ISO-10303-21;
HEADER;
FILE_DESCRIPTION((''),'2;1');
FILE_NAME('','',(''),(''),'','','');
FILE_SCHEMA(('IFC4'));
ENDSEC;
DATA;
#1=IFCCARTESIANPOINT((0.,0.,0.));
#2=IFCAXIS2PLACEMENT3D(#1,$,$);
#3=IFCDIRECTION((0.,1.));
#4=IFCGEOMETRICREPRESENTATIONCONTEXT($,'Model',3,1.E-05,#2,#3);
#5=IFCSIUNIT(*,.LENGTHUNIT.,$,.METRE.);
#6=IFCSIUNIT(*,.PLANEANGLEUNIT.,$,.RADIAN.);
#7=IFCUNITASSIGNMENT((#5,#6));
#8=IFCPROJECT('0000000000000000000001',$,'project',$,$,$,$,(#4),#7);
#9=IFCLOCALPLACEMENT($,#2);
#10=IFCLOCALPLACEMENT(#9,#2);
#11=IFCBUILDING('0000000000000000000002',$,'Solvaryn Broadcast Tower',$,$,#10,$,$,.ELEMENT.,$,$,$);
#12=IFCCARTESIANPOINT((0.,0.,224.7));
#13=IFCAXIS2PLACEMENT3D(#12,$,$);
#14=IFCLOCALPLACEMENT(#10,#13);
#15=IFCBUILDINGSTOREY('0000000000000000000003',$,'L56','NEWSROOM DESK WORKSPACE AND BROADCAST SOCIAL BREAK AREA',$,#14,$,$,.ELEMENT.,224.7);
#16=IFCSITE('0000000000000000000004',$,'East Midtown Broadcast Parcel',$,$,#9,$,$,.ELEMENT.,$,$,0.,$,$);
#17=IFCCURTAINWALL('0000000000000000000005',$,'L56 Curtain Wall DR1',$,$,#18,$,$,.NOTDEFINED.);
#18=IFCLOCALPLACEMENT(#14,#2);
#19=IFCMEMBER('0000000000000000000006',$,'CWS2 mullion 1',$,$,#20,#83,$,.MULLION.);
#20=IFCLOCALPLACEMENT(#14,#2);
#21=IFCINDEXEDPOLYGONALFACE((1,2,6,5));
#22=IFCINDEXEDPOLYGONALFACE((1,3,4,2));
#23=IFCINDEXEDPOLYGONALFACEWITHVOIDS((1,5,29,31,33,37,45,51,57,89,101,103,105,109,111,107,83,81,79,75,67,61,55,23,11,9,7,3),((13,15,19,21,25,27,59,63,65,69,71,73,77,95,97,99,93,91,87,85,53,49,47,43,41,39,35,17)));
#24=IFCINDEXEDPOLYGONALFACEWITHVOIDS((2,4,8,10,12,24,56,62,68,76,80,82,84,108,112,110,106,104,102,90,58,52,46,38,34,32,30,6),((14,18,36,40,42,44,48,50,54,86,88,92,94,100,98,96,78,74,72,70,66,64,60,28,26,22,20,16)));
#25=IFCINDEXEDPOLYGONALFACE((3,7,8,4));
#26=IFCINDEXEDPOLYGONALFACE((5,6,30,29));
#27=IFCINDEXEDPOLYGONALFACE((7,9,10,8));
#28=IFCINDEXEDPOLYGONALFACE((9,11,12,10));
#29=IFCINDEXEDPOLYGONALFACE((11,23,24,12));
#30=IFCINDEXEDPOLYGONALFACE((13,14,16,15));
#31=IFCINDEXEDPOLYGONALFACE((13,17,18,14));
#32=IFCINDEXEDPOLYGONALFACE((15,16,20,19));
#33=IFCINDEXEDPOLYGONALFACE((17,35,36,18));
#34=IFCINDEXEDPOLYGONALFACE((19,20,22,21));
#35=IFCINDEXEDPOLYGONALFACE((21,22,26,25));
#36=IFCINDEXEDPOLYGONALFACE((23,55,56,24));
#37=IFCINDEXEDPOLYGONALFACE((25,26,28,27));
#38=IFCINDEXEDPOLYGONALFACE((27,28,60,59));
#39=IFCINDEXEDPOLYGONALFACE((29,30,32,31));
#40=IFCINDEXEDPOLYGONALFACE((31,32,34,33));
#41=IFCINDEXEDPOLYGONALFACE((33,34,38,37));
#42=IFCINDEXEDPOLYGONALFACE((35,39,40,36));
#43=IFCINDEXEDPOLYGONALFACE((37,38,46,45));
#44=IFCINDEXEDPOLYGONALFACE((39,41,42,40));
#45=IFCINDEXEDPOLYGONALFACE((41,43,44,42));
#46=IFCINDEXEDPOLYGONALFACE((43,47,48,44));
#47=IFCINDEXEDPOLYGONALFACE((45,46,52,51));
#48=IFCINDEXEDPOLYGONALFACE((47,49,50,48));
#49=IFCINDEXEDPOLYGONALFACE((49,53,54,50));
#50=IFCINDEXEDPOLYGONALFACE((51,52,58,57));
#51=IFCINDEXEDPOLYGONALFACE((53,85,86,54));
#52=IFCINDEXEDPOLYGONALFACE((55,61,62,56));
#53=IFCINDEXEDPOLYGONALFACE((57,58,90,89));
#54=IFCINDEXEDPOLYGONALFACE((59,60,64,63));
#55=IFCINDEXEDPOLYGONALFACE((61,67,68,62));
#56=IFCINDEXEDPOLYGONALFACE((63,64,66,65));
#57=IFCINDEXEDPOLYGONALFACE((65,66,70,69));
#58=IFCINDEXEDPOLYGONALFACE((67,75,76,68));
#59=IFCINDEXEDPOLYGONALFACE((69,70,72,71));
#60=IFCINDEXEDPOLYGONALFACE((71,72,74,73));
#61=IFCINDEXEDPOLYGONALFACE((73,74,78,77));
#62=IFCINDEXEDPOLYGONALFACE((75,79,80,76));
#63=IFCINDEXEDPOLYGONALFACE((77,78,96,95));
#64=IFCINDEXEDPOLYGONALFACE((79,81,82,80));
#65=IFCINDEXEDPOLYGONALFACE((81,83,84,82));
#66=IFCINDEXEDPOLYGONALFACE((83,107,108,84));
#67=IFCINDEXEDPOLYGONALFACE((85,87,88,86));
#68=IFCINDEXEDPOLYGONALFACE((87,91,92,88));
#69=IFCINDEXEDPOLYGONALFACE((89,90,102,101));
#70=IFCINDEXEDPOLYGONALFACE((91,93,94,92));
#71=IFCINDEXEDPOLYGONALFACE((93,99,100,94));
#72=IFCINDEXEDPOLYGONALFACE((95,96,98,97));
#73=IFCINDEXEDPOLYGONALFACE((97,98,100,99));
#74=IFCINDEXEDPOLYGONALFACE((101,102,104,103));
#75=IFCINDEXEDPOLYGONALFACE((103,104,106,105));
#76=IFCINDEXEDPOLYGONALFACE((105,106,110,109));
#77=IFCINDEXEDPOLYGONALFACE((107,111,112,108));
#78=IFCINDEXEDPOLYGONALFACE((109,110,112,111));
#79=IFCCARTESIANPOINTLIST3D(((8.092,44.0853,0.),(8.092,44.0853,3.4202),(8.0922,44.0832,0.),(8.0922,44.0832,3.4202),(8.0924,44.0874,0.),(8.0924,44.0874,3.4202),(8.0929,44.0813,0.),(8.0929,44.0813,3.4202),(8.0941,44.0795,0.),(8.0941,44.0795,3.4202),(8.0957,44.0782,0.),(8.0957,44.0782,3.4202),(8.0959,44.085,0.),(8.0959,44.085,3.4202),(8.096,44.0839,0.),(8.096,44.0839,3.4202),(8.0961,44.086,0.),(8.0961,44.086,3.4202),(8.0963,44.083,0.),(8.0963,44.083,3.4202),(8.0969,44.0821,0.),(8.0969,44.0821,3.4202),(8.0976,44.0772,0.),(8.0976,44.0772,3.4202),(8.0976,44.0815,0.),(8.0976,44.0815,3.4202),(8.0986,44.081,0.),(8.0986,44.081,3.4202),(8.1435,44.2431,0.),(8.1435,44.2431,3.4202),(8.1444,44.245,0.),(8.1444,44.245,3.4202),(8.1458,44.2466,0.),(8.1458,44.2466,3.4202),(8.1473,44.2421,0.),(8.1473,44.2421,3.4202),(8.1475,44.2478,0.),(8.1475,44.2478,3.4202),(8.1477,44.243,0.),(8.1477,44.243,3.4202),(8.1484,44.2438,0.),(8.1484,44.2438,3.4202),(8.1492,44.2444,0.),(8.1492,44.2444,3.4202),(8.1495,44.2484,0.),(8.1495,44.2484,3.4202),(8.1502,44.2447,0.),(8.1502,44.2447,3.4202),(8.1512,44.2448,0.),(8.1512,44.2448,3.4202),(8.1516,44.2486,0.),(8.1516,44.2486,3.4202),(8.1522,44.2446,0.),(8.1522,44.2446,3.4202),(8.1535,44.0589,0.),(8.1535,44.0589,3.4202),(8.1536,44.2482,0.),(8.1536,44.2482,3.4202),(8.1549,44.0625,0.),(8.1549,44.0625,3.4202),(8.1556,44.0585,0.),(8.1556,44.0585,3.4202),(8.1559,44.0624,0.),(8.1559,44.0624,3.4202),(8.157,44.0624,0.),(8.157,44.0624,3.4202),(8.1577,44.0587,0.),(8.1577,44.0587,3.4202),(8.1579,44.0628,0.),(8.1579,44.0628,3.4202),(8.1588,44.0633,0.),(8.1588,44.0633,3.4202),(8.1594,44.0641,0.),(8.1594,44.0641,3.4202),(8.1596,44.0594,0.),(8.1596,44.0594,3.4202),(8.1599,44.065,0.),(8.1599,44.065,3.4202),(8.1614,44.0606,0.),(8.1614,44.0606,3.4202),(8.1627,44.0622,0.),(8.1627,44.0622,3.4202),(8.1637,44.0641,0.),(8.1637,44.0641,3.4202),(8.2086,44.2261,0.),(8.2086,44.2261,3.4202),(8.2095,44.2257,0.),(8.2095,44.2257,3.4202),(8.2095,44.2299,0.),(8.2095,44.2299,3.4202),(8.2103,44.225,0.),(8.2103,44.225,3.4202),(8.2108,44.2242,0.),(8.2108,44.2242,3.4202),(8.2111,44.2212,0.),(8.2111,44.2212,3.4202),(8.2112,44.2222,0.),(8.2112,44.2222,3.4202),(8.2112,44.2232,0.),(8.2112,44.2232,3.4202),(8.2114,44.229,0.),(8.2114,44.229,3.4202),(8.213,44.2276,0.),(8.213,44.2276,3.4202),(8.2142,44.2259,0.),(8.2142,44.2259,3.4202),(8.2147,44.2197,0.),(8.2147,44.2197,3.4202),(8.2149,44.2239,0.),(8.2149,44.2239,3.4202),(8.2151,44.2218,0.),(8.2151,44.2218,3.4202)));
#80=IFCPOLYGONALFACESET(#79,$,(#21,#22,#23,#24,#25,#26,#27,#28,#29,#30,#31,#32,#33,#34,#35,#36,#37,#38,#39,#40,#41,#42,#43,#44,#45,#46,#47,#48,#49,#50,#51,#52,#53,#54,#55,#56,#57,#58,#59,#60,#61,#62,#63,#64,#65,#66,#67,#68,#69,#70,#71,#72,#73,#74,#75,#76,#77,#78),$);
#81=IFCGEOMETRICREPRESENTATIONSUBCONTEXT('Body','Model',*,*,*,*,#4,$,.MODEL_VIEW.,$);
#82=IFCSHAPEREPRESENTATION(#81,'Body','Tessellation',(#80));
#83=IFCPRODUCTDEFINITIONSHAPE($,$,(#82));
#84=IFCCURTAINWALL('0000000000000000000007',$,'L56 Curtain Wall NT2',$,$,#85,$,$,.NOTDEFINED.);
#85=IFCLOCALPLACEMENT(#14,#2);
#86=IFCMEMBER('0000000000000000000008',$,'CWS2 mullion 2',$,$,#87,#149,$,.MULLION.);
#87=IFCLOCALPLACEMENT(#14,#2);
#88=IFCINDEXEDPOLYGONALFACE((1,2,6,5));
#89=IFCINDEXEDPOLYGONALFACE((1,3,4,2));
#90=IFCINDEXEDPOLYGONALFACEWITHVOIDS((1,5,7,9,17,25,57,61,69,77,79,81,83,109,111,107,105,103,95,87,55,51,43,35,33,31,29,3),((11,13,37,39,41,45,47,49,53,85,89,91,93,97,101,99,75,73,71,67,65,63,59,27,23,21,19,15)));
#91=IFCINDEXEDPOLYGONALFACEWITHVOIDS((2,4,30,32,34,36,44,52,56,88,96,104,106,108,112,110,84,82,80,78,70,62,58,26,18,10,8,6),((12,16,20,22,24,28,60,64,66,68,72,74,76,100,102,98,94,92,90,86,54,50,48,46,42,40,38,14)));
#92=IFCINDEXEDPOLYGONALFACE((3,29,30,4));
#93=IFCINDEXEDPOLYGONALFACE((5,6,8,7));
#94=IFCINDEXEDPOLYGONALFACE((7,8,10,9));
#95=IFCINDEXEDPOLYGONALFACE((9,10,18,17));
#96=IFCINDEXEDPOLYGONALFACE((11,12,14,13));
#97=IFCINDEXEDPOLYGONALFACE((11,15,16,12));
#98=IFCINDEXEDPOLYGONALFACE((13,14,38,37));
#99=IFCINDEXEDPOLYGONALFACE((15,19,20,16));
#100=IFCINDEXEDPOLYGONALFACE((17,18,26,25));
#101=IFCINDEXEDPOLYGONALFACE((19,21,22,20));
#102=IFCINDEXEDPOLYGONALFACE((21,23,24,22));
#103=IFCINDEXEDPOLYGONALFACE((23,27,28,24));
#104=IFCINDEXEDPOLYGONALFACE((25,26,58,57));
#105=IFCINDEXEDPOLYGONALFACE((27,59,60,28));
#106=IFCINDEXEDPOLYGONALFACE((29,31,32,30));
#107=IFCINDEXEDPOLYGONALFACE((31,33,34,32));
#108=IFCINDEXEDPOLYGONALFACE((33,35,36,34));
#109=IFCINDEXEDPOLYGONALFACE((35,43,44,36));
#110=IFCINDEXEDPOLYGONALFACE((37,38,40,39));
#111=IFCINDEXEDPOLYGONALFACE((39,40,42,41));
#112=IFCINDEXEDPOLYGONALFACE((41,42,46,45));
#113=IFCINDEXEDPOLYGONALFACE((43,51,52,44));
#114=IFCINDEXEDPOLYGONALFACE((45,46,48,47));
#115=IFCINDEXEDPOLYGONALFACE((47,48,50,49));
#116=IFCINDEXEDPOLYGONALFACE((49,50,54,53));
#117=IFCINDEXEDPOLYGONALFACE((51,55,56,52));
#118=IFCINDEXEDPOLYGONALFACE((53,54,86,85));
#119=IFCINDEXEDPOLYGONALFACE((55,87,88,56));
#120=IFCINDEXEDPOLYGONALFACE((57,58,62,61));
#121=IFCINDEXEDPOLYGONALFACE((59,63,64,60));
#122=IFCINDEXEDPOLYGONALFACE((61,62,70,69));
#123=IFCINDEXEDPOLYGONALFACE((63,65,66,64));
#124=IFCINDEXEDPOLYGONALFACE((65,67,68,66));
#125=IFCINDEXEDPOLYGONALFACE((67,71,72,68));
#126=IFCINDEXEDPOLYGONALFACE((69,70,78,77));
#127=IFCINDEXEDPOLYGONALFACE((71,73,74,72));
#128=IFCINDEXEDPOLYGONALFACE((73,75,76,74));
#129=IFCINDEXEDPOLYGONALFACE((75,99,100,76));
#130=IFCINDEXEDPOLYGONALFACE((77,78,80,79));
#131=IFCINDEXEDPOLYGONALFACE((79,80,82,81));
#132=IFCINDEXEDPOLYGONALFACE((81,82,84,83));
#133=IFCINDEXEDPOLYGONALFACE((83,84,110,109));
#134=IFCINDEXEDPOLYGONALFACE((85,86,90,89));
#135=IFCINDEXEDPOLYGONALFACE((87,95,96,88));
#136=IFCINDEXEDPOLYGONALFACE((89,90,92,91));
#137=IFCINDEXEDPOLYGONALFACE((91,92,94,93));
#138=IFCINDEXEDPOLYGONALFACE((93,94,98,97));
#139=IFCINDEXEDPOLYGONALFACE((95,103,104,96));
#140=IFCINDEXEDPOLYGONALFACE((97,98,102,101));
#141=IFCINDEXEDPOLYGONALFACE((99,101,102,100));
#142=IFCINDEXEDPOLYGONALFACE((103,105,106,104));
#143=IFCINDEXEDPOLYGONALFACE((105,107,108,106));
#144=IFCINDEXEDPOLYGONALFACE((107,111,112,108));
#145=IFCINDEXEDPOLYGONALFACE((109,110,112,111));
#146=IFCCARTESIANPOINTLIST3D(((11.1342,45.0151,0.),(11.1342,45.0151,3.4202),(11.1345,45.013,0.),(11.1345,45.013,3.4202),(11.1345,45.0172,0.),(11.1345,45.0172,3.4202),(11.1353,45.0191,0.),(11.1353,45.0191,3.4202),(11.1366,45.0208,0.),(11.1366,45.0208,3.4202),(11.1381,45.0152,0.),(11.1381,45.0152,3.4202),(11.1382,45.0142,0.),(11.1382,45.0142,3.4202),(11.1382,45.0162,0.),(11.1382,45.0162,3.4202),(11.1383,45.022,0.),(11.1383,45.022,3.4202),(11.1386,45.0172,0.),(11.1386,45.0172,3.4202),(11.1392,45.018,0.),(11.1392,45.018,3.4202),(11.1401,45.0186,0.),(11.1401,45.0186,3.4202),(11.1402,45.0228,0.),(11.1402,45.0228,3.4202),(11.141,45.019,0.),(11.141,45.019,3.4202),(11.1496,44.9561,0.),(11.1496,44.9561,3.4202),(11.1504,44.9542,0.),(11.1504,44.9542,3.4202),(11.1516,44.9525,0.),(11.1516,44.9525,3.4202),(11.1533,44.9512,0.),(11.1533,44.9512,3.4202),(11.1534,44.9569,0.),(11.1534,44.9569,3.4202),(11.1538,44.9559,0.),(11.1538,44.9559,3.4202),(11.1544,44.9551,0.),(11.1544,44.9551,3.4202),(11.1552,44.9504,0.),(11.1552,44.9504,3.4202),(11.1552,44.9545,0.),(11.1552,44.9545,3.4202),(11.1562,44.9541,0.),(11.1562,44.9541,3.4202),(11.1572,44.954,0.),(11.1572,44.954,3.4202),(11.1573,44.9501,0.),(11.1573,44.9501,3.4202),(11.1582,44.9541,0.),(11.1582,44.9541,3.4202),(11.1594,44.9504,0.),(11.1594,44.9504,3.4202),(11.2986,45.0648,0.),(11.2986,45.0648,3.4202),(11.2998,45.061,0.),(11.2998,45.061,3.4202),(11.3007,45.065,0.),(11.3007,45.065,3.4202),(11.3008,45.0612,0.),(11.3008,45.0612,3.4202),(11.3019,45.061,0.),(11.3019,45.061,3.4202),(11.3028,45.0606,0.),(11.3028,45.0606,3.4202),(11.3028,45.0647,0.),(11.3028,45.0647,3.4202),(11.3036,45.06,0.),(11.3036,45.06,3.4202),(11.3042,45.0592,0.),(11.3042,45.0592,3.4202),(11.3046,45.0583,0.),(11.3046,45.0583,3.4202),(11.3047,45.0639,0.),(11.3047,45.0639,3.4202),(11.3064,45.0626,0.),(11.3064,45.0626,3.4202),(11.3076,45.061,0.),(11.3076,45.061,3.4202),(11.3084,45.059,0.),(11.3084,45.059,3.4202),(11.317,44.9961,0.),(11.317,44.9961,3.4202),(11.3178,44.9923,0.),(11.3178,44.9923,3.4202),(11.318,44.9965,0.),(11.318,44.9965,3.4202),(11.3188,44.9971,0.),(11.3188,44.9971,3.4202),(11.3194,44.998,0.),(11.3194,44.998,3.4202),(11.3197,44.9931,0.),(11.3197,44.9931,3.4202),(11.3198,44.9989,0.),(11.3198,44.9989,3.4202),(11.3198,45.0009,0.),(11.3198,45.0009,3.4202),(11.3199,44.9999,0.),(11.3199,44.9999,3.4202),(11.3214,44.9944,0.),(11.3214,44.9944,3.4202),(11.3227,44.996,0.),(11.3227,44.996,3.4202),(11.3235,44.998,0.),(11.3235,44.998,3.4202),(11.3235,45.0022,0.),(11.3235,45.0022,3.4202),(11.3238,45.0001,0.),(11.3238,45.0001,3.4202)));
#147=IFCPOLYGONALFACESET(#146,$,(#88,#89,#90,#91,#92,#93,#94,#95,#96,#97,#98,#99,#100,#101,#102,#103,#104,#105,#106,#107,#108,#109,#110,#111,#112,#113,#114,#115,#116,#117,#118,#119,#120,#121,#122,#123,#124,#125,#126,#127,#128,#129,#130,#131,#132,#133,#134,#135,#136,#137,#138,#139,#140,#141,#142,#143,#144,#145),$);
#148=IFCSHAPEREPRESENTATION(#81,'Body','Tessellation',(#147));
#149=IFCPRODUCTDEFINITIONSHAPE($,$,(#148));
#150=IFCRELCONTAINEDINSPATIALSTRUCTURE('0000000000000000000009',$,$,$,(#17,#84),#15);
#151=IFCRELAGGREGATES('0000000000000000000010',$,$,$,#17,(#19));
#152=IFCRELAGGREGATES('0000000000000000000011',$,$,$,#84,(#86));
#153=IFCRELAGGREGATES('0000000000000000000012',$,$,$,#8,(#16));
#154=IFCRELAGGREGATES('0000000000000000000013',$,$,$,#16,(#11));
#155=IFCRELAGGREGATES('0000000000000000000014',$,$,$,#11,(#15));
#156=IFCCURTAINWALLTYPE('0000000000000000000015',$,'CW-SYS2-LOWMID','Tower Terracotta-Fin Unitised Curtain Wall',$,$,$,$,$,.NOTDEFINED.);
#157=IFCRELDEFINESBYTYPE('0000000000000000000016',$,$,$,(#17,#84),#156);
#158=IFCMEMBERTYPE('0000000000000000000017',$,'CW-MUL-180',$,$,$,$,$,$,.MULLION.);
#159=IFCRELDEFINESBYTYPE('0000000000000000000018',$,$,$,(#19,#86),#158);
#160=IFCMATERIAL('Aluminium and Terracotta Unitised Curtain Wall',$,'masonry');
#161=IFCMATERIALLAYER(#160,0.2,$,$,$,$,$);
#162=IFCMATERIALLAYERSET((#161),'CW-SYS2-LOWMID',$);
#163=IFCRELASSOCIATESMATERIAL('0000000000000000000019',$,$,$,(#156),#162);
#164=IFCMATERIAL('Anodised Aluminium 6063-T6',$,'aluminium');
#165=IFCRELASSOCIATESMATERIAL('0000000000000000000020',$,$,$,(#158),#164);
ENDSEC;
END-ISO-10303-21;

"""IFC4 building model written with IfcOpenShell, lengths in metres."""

from ifc_helpers import new_model, si_unit, direction, frame, origin, origin_2d, place, context, subcontext, project, spatial, hollow_rectangle, extrude, material, layer, layer_set, material_profile, profile_set, type_object, element, aggregate, save


model = new_model("IFC4")

# Units and contexts
model_context = context("Model", 3, precision=1e-05, world=origin(), true_north=direction((0.0, 1.0)))
body_context = subcontext(model_context, "Body", "Model", "MODEL_VIEW")
ifc_project = project(units=[si_unit("LENGTHUNIT", "METRE"), si_unit("PLANEANGLEUNIT", "RADIAN")], contexts=[model_context])

# Site, building, storey
site_placement = place(None, origin())
site = spatial("IfcSite", under=ifc_project, at=site_placement, Name="East Midtown Broadcast Parcel", CompositionType="ELEMENT", RefElevation=0.0)
building_placement = place(site_placement, origin())
building = spatial("IfcBuilding", under=site, at=building_placement, Name="Solvaryn Broadcast Tower", CompositionType="ELEMENT")
storey_placement = place(building_placement, frame((0.0, 0.0, 224.7)))
storey = spatial("IfcBuildingStorey", under=building, at=storey_placement, Name="L56", Description="NEWSROOM DESK WORKSPACE AND BROADCAST SOCIAL BREAK AREA", CompositionType="ELEMENT", Elevation=224.7)

# Curtain walls, members
ifc_material_1 = material(Name="Aluminium and Terracotta Unitised Curtain Wall", Category="masonry")
ifc_layer_1 = layer(ifc_material_1, 0.2)
ifc_layer_set_1 = layer_set([ifc_layer_1], Name="CW-SYS2-LOWMID")
curtain_wall_type = type_object("IfcCurtainWallType", Name="CW-SYS2-LOWMID", Description="Tower Terracotta-Fin Unitised Curtain Wall", PredefinedType="NOTDEFINED", material=ifc_layer_set_1)
curtain_wall_1_placement = place(storey_placement, origin())
curtain_wall_1 = element("IfcCurtainWall", 1, at=curtain_wall_1_placement, inside=storey, type_object=curtain_wall_type, Name="L56 Curtain Wall DR1", PredefinedType="NOTDEFINED")
ifc_material_2 = material(Name="Anodised Aluminium 6063-T6", Category="aluminium")
ifc_material_profile_1 = material_profile(ifc_material_2, hollow_rectangle(XDim=0.075, YDim=0.1799, WallThickness=0.0039, InnerFilletRadius=0.0039, OuterFilletRadius=0.0081, at=origin_2d()))
ifc_profile_set_1 = profile_set([ifc_material_profile_1], Name="Anodised Aluminium 6063-T6")
member_type_1 = type_object("IfcMemberType", Name="CW-MUL-180", PredefinedType="MULLION", material=ifc_profile_set_1)
member_1_placement = place(storey_placement, frame((8.1536, 44.1536, 0.0), z_axis=(0.0, 0.0, 1.0), x_axis=(0.950227, -0.311559, 0.0)))
member_1 = element("IfcMember", 2, at=member_1_placement, type_object=member_type_1, Name="CWS2 mullion 1", PredefinedType="MULLION", context=body_context, shape_type="SweptSolid", body=[
    extrude(hollow_rectangle(XDim=0.075, YDim=0.1799, WallThickness=0.0039, InnerFilletRadius=0.0039, OuterFilletRadius=0.0081, at=origin_2d()), origin(), (0.0, 0.0, 1.0), 3.4202),
])
curtain_wall_2_placement = place(storey_placement, origin())
curtain_wall_2 = element("IfcCurtainWall", 3, at=curtain_wall_2_placement, inside=storey, type_object=curtain_wall_type, Name="L56 Curtain Wall NT2", PredefinedType="NOTDEFINED")
member_2_placement = place(storey_placement, frame((11.229, 45.0076, 0.0), z_axis=(0.0, 0.0, 1.0), x_axis=(0.255893, -0.966705, 0.0)))
member_2 = element("IfcMember", 4, at=member_2_placement, type_object=member_type_1, Name="CWS2 mullion 2", PredefinedType="MULLION", context=body_context, shape_type="SweptSolid", body=[
    extrude(hollow_rectangle(XDim=0.075, YDim=0.1799, WallThickness=0.0039, InnerFilletRadius=0.0039, OuterFilletRadius=0.0081, at=origin_2d()), origin(), (0.0, 0.0, 1.0), 3.4202),
])

aggregate(curtain_wall_1, [member_1])

aggregate(curtain_wall_2, [member_2])

save(model, "model.ifc")
